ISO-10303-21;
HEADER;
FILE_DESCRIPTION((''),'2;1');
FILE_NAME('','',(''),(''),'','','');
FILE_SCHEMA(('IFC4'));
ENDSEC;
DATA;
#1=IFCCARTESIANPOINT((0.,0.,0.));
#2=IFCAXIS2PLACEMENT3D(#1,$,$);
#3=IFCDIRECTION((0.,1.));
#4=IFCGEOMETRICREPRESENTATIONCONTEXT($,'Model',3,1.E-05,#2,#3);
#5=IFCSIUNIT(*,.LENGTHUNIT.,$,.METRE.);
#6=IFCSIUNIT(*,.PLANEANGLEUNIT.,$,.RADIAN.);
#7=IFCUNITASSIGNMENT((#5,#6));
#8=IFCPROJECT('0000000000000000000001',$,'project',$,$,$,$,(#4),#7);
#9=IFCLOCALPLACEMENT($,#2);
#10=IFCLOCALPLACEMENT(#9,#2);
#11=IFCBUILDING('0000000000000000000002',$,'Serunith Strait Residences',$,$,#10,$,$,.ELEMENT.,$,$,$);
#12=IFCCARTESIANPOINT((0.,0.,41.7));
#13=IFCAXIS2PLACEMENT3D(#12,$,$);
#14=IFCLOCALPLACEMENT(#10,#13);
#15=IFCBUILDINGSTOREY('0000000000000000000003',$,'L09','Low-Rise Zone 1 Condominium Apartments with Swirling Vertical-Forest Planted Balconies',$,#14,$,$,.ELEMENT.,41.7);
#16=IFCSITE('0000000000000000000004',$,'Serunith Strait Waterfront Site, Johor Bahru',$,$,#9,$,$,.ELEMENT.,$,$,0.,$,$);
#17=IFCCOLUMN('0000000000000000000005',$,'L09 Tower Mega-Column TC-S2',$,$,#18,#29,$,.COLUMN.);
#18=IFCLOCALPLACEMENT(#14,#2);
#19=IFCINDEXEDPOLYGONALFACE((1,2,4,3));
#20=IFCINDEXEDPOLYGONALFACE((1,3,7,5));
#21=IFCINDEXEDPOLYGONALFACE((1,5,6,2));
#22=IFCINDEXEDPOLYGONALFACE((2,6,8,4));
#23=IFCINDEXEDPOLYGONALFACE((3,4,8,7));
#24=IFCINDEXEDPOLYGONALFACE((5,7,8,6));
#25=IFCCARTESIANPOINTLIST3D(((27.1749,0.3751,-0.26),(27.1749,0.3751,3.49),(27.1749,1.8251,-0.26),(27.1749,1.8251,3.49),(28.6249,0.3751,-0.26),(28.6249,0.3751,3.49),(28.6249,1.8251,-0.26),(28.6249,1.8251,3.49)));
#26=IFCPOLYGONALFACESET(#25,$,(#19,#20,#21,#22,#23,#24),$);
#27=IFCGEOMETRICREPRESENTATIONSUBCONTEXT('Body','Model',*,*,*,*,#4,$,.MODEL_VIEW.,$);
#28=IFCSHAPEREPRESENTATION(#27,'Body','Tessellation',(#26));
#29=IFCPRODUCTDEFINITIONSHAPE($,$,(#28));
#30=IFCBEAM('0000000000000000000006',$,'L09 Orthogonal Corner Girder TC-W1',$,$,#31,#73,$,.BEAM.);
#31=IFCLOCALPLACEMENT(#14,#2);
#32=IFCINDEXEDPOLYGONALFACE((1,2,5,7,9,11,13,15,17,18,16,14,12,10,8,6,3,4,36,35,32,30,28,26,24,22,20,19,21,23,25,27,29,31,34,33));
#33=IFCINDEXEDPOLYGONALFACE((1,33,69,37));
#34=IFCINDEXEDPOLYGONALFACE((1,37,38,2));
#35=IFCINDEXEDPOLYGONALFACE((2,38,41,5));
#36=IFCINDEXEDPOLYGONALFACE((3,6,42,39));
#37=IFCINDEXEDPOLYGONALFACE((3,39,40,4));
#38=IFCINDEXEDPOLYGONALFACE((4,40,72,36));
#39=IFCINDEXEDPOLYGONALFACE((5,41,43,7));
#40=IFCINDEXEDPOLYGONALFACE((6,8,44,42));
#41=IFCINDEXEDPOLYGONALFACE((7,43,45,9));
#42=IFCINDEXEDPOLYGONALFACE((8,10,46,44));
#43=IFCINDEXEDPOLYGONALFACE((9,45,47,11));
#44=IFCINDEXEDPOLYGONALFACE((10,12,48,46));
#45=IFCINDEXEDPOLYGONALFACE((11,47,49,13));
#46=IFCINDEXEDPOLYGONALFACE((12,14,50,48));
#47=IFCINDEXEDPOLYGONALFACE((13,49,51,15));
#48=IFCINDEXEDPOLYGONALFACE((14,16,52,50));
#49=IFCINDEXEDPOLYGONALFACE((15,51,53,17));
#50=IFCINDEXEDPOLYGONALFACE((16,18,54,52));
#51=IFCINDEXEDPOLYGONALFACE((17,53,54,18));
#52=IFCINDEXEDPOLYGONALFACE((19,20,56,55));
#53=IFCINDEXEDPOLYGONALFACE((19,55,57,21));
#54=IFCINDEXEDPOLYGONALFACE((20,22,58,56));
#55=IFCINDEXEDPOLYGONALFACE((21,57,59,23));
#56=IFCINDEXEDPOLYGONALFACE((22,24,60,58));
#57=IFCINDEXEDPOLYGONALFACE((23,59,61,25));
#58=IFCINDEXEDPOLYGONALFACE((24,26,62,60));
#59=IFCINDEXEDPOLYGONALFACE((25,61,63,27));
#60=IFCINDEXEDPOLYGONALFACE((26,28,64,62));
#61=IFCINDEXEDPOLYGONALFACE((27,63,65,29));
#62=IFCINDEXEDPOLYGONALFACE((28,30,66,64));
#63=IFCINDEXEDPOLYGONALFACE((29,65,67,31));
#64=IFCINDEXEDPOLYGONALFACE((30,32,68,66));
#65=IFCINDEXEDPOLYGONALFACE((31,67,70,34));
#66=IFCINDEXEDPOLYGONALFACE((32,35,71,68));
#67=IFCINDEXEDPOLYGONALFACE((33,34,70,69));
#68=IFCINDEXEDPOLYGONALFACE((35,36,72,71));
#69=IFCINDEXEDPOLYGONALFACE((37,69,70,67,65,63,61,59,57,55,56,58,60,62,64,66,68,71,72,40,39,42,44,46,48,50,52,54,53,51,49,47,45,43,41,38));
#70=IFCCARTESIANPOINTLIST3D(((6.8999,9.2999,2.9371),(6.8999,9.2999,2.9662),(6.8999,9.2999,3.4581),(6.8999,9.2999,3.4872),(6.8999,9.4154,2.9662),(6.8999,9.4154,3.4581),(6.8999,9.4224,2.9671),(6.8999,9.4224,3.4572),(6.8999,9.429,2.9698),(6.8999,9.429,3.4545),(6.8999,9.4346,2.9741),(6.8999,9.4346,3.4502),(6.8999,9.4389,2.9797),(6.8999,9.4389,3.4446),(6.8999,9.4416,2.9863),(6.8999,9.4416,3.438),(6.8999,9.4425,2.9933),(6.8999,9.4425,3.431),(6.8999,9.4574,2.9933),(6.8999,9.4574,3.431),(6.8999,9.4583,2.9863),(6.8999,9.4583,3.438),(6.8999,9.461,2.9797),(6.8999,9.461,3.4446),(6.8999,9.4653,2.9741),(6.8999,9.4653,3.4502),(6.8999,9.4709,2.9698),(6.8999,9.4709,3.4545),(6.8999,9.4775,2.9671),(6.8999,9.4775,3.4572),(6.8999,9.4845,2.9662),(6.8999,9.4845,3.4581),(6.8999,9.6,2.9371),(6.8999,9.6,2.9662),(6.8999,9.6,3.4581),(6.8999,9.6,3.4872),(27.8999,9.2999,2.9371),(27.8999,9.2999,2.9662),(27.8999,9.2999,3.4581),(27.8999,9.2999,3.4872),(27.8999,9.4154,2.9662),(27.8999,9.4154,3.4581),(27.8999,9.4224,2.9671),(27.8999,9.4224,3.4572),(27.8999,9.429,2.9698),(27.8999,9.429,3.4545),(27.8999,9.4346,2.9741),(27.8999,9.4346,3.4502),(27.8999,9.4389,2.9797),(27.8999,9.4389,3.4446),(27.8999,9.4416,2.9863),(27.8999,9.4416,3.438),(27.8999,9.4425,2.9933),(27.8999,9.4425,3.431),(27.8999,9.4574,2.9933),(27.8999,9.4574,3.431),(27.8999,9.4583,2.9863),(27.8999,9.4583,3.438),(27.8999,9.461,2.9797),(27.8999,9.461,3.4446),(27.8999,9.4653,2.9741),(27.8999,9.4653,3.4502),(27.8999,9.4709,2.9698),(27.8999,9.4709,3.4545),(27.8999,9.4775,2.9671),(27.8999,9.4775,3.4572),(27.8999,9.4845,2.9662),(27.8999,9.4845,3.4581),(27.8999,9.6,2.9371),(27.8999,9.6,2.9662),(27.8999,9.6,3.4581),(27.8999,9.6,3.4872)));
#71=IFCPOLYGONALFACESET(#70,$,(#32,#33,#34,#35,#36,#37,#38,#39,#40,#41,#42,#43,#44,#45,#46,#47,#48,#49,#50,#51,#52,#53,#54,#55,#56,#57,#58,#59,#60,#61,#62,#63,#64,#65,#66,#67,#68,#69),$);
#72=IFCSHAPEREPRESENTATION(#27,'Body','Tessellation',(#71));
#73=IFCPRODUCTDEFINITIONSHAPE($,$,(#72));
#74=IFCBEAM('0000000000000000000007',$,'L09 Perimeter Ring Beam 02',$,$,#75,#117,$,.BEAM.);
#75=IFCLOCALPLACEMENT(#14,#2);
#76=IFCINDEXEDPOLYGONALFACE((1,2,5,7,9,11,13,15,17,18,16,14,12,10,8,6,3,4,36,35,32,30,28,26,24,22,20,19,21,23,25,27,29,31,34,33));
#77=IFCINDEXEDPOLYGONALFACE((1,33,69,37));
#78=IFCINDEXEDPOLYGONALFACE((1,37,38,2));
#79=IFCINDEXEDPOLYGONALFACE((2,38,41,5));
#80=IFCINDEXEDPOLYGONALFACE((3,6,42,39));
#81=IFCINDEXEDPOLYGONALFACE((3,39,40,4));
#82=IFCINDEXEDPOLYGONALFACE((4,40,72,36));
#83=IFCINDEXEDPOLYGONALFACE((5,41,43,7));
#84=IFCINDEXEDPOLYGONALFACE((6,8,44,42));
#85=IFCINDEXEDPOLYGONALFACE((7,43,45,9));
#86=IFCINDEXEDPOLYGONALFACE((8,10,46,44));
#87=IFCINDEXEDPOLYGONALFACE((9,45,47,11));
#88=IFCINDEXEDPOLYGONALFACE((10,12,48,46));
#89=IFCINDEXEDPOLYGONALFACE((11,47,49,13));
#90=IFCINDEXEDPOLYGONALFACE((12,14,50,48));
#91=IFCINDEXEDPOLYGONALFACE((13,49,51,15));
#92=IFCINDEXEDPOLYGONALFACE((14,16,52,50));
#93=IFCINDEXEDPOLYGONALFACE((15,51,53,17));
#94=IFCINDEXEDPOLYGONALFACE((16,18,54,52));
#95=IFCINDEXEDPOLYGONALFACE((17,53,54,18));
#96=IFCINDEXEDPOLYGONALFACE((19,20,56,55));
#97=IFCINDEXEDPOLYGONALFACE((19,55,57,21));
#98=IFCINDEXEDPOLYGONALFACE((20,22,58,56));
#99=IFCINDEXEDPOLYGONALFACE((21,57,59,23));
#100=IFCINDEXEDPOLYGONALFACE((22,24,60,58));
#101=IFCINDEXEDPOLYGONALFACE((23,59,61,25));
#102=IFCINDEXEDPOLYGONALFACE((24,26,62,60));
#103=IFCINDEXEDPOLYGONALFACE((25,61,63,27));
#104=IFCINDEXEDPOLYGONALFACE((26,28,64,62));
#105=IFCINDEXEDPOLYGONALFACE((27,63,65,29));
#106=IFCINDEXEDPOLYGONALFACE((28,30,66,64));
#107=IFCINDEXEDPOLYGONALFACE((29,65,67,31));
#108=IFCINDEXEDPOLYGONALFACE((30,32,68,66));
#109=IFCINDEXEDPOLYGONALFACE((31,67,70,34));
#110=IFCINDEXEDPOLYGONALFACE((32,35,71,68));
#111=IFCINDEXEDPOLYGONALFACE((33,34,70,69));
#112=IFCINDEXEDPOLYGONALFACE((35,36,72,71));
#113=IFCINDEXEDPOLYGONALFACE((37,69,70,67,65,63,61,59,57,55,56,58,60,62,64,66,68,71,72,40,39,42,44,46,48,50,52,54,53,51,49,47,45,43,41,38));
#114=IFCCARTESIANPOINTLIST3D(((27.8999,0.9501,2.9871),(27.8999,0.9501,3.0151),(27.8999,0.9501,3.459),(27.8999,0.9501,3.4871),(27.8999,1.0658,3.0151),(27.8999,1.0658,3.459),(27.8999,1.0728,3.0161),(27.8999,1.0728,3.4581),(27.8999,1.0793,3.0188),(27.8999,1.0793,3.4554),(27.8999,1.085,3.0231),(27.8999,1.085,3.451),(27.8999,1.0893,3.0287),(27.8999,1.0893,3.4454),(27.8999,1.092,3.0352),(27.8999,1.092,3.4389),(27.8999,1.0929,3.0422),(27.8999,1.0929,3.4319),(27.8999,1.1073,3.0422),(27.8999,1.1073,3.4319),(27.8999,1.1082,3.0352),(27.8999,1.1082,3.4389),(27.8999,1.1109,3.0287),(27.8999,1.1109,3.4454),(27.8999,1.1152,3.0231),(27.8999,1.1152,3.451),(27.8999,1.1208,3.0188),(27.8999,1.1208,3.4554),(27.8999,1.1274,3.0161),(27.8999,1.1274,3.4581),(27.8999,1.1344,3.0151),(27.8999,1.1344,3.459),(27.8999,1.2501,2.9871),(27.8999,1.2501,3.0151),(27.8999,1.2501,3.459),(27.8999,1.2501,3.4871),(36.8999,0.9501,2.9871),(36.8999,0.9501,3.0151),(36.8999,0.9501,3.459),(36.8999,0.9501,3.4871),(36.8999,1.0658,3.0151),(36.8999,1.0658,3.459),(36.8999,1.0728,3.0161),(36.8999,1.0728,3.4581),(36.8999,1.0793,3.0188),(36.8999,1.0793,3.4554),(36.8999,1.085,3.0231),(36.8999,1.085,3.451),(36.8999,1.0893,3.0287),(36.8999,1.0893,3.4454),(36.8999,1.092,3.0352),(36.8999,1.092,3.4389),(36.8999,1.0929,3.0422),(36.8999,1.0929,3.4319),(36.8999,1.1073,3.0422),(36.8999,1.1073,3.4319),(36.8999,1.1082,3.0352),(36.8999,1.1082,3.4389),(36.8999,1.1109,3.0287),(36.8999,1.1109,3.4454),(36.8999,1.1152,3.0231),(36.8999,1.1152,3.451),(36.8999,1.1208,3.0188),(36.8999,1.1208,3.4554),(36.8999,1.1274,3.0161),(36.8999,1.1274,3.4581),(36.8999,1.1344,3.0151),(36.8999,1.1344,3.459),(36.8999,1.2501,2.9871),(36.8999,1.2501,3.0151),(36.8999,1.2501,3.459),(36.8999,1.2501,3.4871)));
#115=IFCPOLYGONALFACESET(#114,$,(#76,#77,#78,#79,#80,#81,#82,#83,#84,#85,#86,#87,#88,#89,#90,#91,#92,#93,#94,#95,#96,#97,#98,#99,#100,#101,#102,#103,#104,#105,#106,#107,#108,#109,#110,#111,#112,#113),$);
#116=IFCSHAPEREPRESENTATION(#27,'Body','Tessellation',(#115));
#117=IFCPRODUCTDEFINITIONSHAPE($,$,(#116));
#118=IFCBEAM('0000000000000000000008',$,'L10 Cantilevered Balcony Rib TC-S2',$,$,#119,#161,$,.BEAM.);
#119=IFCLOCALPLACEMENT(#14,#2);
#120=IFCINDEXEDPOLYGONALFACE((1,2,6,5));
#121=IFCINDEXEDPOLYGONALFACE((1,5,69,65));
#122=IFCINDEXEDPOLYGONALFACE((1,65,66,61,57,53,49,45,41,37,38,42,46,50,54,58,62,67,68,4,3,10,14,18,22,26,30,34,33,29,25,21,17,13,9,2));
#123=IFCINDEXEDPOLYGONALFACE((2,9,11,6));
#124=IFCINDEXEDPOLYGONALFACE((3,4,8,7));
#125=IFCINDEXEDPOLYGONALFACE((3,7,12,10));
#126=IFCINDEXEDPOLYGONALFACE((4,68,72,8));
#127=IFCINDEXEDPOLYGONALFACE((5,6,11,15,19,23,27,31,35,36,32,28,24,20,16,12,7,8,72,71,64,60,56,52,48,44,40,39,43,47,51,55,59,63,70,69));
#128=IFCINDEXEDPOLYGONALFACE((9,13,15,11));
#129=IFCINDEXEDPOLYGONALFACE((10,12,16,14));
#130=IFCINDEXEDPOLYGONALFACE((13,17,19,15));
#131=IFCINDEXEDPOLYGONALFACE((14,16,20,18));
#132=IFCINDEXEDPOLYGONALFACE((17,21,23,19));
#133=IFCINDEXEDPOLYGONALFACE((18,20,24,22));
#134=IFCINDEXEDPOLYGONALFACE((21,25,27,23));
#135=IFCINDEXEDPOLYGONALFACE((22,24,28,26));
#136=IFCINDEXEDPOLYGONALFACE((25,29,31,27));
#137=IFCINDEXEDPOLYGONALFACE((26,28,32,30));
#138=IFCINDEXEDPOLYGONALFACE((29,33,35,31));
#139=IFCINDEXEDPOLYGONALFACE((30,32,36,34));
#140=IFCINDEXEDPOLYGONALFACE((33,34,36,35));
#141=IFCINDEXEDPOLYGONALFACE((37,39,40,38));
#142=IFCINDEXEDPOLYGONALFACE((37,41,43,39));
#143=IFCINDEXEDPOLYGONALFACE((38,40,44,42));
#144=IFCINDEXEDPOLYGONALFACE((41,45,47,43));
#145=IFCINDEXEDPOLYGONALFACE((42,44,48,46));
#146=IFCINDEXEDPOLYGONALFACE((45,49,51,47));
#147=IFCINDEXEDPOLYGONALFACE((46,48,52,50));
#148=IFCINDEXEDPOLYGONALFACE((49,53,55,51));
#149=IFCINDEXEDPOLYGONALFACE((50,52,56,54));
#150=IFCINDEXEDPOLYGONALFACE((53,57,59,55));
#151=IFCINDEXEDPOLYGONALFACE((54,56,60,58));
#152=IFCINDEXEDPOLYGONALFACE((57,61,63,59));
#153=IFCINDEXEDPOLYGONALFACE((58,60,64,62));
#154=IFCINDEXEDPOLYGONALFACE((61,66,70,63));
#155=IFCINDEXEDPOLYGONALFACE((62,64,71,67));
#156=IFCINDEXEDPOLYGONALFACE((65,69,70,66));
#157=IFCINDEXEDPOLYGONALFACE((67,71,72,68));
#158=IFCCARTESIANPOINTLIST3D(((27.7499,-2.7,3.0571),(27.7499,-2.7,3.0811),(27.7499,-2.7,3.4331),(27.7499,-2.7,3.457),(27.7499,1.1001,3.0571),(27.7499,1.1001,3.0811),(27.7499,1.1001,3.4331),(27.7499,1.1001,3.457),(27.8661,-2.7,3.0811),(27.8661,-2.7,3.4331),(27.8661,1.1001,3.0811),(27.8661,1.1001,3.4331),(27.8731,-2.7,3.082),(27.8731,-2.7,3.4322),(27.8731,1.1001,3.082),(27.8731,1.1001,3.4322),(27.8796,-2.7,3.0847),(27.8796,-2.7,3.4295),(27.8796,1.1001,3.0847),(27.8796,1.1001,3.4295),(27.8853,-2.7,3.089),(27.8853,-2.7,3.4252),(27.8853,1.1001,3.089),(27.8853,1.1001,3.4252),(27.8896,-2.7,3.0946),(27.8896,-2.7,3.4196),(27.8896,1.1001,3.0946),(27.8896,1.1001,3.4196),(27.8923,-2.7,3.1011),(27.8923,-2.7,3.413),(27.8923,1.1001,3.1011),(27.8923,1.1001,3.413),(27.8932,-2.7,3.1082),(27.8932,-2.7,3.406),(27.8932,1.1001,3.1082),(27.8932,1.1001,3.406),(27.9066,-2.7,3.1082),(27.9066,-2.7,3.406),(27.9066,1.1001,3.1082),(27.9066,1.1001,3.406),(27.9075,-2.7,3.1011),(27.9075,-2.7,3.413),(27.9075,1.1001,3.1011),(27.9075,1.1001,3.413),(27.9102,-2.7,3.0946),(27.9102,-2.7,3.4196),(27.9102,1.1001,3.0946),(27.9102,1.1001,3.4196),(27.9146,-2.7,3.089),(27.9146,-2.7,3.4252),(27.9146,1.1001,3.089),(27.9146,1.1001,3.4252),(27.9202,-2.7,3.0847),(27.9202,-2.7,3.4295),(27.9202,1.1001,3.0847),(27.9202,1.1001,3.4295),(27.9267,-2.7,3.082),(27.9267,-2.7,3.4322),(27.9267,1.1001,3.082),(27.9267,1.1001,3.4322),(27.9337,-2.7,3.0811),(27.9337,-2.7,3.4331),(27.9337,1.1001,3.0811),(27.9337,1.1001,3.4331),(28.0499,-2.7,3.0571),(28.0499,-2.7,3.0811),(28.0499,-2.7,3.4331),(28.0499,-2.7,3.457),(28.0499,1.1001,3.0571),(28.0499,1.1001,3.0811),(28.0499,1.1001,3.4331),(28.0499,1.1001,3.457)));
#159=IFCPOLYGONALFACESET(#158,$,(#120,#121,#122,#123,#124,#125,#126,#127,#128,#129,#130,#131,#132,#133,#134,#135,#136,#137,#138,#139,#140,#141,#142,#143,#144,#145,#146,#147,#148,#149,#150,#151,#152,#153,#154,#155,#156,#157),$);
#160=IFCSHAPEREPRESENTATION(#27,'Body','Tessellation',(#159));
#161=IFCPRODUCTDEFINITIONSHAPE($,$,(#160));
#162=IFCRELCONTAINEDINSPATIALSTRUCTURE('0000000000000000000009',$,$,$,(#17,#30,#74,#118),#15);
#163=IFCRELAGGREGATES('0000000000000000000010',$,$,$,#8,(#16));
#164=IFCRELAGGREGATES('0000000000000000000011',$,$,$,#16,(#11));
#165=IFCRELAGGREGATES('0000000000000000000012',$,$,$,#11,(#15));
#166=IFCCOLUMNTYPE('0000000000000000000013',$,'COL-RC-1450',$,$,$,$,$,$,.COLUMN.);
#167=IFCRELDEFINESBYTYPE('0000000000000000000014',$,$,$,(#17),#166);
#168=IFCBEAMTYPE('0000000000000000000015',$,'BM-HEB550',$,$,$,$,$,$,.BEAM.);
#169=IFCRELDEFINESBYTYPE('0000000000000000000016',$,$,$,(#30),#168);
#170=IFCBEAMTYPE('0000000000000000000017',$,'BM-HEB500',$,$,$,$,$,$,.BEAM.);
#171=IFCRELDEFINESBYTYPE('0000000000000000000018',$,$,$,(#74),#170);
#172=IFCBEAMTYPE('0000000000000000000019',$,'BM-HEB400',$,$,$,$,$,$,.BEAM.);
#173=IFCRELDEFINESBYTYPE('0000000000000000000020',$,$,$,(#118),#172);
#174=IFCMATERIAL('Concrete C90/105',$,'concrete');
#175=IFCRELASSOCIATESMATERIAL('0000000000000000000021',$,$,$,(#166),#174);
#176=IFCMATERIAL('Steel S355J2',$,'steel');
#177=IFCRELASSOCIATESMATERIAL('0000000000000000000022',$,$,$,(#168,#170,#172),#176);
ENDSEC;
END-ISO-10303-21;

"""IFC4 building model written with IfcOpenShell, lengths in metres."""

from ifc_helpers import new_model, si_unit, direction, frame, origin, origin_2d, place, context, subcontext, project, spatial, rectangle, i_section, extrude, source, transform, mapped, material, material_profile, profile_set, type_object, element, save


model = new_model("IFC4")

# Units and contexts
model_context = context("Model", 3, precision=1e-05, world=origin(), true_north=direction((0.0, 1.0)))
body_context = subcontext(model_context, "Body", "Model", "MODEL_VIEW")
ifc_project = project(units=[si_unit("LENGTHUNIT", "METRE"), si_unit("PLANEANGLEUNIT", "RADIAN")], contexts=[model_context])

# Site, building, storey
site_placement = place(None, origin())
site = spatial("IfcSite", under=ifc_project, at=site_placement, Name="Serunith Strait Waterfront Site, Johor Bahru", CompositionType="ELEMENT", RefElevation=0.0)
building_placement = place(site_placement, origin())
building = spatial("IfcBuilding", under=site, at=building_placement, Name="Serunith Strait Residences", CompositionType="ELEMENT")
storey_placement = place(building_placement, frame((0.0, 0.0, 41.7)))
storey = spatial("IfcBuildingStorey", under=building, at=storey_placement, Name="L09", Description="Low-Rise Zone 1 Condominium Apartments with Swirling Vertical-Forest Planted Balconies", CompositionType="ELEMENT", Elevation=41.7)

# Column
ifc_material_1 = material(Name="Concrete C90/105", Category="concrete")
ifc_material_profile_1 = material_profile(ifc_material_1, rectangle(XDim=1.45, YDim=1.45, at=origin_2d()), Name="RC 1450x1450")
ifc_profile_set_1 = profile_set([ifc_material_profile_1], Name="Concrete C90/105")
column_type = type_object("IfcColumnType", Name="COL-RC-1450", PredefinedType="COLUMN", material=ifc_profile_set_1)
shared_shape_1 = source(origin(), body_context, "Body", "SweptSolid", [
    extrude(rectangle(XDim=1.45, YDim=1.45, at=origin_2d()), origin(), (0.0, 0.0, 1.0), 3.75),
])
column_placement = place(storey_placement, frame((27.8999, 1.1001, -0.26), z_axis=(0.0, 0.0, 1.0), x_axis=(1.0, 0.0, 0.0)))
element("IfcColumn", 1, at=column_placement, inside=storey, type_object=column_type, Name="L09 Tower Mega-Column TC-S2", PredefinedType="COLUMN", context=body_context, shape_type="MappedRepresentation", body=[
    mapped(shared_shape_1, transform((0.0, 0.0, 0.0), scale=1.0)),
])

# Beams
ifc_material_2 = material(Name="Steel S355J2", Category="steel")
ifc_material_profile_2 = material_profile(ifc_material_2, i_section(OverallWidth=0.3, OverallDepth=0.55, WebThickness=0.0149, FlangeThickness=0.0291, FilletRadius=0.0271, at=origin_2d()), Name="HEB 550")
ifc_profile_set_2 = profile_set([ifc_material_profile_2], Name="Steel S355J2")
beam_type_1 = type_object("IfcBeamType", Name="BM-HEB550", PredefinedType="BEAM", material=ifc_profile_set_2)
shared_shape_2 = source(origin(), body_context, "Body", "SweptSolid", [
    extrude(i_section(OverallWidth=0.3, OverallDepth=0.55, WebThickness=0.0149, FlangeThickness=0.0291, FilletRadius=0.0271, at=origin_2d()), origin(), (0.0, 0.0, 1.0), 21.0),
])
beam_1_placement = place(storey_placement, frame((27.8999, 9.45, 3.2122), z_axis=(-1.0, 0.0, 0.0), x_axis=(0.0, -1.0, 0.0)))
element("IfcBeam", 2, at=beam_1_placement, inside=storey, type_object=beam_type_1, Name="L09 Orthogonal Corner Girder TC-W1", PredefinedType="BEAM", context=body_context, shape_type="MappedRepresentation", body=[
    mapped(shared_shape_2, transform((0.0, 0.0, 0.0), scale=1.0)),
])
ifc_material_profile_3 = material_profile(ifc_material_2, i_section(OverallWidth=0.3, OverallDepth=0.5, WebThickness=0.0144, FlangeThickness=0.0281, FilletRadius=0.0271, at=origin_2d()), Name="HEB 500")
ifc_profile_set_3 = profile_set([ifc_material_profile_3], Name="Steel S355J2")
beam_type_2 = type_object("IfcBeamType", Name="BM-HEB500", PredefinedType="BEAM", material=ifc_profile_set_3)
shared_shape_3 = source(origin(), body_context, "Body", "SweptSolid", [
    extrude(i_section(OverallWidth=0.3, OverallDepth=0.5, WebThickness=0.0144, FlangeThickness=0.0281, FilletRadius=0.0271, at=origin_2d()), origin(), (0.0, 0.0, 1.0), 9.0),
])
beam_2_placement = place(storey_placement, frame((27.8999, 1.1001, 3.2371), z_axis=(1.0, 0.0, 0.0), x_axis=(0.0, 1.0, 0.0)))
element("IfcBeam", 3, at=beam_2_placement, inside=storey, type_object=beam_type_2, Name="L09 Perimeter Ring Beam 02", PredefinedType="BEAM", context=body_context, shape_type="MappedRepresentation", body=[
    mapped(shared_shape_3, transform((0.0, 0.0, 0.0), scale=1.0)),
])
ifc_material_profile_4 = material_profile(ifc_material_2, i_section(OverallWidth=0.3, OverallDepth=0.3999, WebThickness=0.0134, FlangeThickness=0.0239, FilletRadius=0.0271, at=origin_2d()), Name="HEB 400")
ifc_profile_set_4 = profile_set([ifc_material_profile_4], Name="Steel S355J2")
beam_type_3 = type_object("IfcBeamType", Name="BM-HEB400", PredefinedType="BEAM", material=ifc_profile_set_4)
shared_shape_4 = source(origin(), body_context, "Body", "SweptSolid", [
    extrude(i_section(OverallWidth=0.3, OverallDepth=0.3999, WebThickness=0.0134, FlangeThickness=0.0239, FilletRadius=0.0271, at=origin_2d()), origin(), (0.0, 0.0, 1.0), 3.8),
])
beam_3_placement = place(storey_placement, frame((27.8999, 1.1001, 3.2571), z_axis=(0.0, -1.0, 0.0), x_axis=(1.0, 0.0, 0.0)))
element("IfcBeam", 4, at=beam_3_placement, inside=storey, type_object=beam_type_3, Name="L10 Cantilevered Balcony Rib TC-S2", PredefinedType="BEAM", context=body_context, shape_type="MappedRepresentation", body=[
    mapped(shared_shape_4, transform((0.0, 0.0, 0.0), scale=1.0)),
])

save(model, "model.ifc")
